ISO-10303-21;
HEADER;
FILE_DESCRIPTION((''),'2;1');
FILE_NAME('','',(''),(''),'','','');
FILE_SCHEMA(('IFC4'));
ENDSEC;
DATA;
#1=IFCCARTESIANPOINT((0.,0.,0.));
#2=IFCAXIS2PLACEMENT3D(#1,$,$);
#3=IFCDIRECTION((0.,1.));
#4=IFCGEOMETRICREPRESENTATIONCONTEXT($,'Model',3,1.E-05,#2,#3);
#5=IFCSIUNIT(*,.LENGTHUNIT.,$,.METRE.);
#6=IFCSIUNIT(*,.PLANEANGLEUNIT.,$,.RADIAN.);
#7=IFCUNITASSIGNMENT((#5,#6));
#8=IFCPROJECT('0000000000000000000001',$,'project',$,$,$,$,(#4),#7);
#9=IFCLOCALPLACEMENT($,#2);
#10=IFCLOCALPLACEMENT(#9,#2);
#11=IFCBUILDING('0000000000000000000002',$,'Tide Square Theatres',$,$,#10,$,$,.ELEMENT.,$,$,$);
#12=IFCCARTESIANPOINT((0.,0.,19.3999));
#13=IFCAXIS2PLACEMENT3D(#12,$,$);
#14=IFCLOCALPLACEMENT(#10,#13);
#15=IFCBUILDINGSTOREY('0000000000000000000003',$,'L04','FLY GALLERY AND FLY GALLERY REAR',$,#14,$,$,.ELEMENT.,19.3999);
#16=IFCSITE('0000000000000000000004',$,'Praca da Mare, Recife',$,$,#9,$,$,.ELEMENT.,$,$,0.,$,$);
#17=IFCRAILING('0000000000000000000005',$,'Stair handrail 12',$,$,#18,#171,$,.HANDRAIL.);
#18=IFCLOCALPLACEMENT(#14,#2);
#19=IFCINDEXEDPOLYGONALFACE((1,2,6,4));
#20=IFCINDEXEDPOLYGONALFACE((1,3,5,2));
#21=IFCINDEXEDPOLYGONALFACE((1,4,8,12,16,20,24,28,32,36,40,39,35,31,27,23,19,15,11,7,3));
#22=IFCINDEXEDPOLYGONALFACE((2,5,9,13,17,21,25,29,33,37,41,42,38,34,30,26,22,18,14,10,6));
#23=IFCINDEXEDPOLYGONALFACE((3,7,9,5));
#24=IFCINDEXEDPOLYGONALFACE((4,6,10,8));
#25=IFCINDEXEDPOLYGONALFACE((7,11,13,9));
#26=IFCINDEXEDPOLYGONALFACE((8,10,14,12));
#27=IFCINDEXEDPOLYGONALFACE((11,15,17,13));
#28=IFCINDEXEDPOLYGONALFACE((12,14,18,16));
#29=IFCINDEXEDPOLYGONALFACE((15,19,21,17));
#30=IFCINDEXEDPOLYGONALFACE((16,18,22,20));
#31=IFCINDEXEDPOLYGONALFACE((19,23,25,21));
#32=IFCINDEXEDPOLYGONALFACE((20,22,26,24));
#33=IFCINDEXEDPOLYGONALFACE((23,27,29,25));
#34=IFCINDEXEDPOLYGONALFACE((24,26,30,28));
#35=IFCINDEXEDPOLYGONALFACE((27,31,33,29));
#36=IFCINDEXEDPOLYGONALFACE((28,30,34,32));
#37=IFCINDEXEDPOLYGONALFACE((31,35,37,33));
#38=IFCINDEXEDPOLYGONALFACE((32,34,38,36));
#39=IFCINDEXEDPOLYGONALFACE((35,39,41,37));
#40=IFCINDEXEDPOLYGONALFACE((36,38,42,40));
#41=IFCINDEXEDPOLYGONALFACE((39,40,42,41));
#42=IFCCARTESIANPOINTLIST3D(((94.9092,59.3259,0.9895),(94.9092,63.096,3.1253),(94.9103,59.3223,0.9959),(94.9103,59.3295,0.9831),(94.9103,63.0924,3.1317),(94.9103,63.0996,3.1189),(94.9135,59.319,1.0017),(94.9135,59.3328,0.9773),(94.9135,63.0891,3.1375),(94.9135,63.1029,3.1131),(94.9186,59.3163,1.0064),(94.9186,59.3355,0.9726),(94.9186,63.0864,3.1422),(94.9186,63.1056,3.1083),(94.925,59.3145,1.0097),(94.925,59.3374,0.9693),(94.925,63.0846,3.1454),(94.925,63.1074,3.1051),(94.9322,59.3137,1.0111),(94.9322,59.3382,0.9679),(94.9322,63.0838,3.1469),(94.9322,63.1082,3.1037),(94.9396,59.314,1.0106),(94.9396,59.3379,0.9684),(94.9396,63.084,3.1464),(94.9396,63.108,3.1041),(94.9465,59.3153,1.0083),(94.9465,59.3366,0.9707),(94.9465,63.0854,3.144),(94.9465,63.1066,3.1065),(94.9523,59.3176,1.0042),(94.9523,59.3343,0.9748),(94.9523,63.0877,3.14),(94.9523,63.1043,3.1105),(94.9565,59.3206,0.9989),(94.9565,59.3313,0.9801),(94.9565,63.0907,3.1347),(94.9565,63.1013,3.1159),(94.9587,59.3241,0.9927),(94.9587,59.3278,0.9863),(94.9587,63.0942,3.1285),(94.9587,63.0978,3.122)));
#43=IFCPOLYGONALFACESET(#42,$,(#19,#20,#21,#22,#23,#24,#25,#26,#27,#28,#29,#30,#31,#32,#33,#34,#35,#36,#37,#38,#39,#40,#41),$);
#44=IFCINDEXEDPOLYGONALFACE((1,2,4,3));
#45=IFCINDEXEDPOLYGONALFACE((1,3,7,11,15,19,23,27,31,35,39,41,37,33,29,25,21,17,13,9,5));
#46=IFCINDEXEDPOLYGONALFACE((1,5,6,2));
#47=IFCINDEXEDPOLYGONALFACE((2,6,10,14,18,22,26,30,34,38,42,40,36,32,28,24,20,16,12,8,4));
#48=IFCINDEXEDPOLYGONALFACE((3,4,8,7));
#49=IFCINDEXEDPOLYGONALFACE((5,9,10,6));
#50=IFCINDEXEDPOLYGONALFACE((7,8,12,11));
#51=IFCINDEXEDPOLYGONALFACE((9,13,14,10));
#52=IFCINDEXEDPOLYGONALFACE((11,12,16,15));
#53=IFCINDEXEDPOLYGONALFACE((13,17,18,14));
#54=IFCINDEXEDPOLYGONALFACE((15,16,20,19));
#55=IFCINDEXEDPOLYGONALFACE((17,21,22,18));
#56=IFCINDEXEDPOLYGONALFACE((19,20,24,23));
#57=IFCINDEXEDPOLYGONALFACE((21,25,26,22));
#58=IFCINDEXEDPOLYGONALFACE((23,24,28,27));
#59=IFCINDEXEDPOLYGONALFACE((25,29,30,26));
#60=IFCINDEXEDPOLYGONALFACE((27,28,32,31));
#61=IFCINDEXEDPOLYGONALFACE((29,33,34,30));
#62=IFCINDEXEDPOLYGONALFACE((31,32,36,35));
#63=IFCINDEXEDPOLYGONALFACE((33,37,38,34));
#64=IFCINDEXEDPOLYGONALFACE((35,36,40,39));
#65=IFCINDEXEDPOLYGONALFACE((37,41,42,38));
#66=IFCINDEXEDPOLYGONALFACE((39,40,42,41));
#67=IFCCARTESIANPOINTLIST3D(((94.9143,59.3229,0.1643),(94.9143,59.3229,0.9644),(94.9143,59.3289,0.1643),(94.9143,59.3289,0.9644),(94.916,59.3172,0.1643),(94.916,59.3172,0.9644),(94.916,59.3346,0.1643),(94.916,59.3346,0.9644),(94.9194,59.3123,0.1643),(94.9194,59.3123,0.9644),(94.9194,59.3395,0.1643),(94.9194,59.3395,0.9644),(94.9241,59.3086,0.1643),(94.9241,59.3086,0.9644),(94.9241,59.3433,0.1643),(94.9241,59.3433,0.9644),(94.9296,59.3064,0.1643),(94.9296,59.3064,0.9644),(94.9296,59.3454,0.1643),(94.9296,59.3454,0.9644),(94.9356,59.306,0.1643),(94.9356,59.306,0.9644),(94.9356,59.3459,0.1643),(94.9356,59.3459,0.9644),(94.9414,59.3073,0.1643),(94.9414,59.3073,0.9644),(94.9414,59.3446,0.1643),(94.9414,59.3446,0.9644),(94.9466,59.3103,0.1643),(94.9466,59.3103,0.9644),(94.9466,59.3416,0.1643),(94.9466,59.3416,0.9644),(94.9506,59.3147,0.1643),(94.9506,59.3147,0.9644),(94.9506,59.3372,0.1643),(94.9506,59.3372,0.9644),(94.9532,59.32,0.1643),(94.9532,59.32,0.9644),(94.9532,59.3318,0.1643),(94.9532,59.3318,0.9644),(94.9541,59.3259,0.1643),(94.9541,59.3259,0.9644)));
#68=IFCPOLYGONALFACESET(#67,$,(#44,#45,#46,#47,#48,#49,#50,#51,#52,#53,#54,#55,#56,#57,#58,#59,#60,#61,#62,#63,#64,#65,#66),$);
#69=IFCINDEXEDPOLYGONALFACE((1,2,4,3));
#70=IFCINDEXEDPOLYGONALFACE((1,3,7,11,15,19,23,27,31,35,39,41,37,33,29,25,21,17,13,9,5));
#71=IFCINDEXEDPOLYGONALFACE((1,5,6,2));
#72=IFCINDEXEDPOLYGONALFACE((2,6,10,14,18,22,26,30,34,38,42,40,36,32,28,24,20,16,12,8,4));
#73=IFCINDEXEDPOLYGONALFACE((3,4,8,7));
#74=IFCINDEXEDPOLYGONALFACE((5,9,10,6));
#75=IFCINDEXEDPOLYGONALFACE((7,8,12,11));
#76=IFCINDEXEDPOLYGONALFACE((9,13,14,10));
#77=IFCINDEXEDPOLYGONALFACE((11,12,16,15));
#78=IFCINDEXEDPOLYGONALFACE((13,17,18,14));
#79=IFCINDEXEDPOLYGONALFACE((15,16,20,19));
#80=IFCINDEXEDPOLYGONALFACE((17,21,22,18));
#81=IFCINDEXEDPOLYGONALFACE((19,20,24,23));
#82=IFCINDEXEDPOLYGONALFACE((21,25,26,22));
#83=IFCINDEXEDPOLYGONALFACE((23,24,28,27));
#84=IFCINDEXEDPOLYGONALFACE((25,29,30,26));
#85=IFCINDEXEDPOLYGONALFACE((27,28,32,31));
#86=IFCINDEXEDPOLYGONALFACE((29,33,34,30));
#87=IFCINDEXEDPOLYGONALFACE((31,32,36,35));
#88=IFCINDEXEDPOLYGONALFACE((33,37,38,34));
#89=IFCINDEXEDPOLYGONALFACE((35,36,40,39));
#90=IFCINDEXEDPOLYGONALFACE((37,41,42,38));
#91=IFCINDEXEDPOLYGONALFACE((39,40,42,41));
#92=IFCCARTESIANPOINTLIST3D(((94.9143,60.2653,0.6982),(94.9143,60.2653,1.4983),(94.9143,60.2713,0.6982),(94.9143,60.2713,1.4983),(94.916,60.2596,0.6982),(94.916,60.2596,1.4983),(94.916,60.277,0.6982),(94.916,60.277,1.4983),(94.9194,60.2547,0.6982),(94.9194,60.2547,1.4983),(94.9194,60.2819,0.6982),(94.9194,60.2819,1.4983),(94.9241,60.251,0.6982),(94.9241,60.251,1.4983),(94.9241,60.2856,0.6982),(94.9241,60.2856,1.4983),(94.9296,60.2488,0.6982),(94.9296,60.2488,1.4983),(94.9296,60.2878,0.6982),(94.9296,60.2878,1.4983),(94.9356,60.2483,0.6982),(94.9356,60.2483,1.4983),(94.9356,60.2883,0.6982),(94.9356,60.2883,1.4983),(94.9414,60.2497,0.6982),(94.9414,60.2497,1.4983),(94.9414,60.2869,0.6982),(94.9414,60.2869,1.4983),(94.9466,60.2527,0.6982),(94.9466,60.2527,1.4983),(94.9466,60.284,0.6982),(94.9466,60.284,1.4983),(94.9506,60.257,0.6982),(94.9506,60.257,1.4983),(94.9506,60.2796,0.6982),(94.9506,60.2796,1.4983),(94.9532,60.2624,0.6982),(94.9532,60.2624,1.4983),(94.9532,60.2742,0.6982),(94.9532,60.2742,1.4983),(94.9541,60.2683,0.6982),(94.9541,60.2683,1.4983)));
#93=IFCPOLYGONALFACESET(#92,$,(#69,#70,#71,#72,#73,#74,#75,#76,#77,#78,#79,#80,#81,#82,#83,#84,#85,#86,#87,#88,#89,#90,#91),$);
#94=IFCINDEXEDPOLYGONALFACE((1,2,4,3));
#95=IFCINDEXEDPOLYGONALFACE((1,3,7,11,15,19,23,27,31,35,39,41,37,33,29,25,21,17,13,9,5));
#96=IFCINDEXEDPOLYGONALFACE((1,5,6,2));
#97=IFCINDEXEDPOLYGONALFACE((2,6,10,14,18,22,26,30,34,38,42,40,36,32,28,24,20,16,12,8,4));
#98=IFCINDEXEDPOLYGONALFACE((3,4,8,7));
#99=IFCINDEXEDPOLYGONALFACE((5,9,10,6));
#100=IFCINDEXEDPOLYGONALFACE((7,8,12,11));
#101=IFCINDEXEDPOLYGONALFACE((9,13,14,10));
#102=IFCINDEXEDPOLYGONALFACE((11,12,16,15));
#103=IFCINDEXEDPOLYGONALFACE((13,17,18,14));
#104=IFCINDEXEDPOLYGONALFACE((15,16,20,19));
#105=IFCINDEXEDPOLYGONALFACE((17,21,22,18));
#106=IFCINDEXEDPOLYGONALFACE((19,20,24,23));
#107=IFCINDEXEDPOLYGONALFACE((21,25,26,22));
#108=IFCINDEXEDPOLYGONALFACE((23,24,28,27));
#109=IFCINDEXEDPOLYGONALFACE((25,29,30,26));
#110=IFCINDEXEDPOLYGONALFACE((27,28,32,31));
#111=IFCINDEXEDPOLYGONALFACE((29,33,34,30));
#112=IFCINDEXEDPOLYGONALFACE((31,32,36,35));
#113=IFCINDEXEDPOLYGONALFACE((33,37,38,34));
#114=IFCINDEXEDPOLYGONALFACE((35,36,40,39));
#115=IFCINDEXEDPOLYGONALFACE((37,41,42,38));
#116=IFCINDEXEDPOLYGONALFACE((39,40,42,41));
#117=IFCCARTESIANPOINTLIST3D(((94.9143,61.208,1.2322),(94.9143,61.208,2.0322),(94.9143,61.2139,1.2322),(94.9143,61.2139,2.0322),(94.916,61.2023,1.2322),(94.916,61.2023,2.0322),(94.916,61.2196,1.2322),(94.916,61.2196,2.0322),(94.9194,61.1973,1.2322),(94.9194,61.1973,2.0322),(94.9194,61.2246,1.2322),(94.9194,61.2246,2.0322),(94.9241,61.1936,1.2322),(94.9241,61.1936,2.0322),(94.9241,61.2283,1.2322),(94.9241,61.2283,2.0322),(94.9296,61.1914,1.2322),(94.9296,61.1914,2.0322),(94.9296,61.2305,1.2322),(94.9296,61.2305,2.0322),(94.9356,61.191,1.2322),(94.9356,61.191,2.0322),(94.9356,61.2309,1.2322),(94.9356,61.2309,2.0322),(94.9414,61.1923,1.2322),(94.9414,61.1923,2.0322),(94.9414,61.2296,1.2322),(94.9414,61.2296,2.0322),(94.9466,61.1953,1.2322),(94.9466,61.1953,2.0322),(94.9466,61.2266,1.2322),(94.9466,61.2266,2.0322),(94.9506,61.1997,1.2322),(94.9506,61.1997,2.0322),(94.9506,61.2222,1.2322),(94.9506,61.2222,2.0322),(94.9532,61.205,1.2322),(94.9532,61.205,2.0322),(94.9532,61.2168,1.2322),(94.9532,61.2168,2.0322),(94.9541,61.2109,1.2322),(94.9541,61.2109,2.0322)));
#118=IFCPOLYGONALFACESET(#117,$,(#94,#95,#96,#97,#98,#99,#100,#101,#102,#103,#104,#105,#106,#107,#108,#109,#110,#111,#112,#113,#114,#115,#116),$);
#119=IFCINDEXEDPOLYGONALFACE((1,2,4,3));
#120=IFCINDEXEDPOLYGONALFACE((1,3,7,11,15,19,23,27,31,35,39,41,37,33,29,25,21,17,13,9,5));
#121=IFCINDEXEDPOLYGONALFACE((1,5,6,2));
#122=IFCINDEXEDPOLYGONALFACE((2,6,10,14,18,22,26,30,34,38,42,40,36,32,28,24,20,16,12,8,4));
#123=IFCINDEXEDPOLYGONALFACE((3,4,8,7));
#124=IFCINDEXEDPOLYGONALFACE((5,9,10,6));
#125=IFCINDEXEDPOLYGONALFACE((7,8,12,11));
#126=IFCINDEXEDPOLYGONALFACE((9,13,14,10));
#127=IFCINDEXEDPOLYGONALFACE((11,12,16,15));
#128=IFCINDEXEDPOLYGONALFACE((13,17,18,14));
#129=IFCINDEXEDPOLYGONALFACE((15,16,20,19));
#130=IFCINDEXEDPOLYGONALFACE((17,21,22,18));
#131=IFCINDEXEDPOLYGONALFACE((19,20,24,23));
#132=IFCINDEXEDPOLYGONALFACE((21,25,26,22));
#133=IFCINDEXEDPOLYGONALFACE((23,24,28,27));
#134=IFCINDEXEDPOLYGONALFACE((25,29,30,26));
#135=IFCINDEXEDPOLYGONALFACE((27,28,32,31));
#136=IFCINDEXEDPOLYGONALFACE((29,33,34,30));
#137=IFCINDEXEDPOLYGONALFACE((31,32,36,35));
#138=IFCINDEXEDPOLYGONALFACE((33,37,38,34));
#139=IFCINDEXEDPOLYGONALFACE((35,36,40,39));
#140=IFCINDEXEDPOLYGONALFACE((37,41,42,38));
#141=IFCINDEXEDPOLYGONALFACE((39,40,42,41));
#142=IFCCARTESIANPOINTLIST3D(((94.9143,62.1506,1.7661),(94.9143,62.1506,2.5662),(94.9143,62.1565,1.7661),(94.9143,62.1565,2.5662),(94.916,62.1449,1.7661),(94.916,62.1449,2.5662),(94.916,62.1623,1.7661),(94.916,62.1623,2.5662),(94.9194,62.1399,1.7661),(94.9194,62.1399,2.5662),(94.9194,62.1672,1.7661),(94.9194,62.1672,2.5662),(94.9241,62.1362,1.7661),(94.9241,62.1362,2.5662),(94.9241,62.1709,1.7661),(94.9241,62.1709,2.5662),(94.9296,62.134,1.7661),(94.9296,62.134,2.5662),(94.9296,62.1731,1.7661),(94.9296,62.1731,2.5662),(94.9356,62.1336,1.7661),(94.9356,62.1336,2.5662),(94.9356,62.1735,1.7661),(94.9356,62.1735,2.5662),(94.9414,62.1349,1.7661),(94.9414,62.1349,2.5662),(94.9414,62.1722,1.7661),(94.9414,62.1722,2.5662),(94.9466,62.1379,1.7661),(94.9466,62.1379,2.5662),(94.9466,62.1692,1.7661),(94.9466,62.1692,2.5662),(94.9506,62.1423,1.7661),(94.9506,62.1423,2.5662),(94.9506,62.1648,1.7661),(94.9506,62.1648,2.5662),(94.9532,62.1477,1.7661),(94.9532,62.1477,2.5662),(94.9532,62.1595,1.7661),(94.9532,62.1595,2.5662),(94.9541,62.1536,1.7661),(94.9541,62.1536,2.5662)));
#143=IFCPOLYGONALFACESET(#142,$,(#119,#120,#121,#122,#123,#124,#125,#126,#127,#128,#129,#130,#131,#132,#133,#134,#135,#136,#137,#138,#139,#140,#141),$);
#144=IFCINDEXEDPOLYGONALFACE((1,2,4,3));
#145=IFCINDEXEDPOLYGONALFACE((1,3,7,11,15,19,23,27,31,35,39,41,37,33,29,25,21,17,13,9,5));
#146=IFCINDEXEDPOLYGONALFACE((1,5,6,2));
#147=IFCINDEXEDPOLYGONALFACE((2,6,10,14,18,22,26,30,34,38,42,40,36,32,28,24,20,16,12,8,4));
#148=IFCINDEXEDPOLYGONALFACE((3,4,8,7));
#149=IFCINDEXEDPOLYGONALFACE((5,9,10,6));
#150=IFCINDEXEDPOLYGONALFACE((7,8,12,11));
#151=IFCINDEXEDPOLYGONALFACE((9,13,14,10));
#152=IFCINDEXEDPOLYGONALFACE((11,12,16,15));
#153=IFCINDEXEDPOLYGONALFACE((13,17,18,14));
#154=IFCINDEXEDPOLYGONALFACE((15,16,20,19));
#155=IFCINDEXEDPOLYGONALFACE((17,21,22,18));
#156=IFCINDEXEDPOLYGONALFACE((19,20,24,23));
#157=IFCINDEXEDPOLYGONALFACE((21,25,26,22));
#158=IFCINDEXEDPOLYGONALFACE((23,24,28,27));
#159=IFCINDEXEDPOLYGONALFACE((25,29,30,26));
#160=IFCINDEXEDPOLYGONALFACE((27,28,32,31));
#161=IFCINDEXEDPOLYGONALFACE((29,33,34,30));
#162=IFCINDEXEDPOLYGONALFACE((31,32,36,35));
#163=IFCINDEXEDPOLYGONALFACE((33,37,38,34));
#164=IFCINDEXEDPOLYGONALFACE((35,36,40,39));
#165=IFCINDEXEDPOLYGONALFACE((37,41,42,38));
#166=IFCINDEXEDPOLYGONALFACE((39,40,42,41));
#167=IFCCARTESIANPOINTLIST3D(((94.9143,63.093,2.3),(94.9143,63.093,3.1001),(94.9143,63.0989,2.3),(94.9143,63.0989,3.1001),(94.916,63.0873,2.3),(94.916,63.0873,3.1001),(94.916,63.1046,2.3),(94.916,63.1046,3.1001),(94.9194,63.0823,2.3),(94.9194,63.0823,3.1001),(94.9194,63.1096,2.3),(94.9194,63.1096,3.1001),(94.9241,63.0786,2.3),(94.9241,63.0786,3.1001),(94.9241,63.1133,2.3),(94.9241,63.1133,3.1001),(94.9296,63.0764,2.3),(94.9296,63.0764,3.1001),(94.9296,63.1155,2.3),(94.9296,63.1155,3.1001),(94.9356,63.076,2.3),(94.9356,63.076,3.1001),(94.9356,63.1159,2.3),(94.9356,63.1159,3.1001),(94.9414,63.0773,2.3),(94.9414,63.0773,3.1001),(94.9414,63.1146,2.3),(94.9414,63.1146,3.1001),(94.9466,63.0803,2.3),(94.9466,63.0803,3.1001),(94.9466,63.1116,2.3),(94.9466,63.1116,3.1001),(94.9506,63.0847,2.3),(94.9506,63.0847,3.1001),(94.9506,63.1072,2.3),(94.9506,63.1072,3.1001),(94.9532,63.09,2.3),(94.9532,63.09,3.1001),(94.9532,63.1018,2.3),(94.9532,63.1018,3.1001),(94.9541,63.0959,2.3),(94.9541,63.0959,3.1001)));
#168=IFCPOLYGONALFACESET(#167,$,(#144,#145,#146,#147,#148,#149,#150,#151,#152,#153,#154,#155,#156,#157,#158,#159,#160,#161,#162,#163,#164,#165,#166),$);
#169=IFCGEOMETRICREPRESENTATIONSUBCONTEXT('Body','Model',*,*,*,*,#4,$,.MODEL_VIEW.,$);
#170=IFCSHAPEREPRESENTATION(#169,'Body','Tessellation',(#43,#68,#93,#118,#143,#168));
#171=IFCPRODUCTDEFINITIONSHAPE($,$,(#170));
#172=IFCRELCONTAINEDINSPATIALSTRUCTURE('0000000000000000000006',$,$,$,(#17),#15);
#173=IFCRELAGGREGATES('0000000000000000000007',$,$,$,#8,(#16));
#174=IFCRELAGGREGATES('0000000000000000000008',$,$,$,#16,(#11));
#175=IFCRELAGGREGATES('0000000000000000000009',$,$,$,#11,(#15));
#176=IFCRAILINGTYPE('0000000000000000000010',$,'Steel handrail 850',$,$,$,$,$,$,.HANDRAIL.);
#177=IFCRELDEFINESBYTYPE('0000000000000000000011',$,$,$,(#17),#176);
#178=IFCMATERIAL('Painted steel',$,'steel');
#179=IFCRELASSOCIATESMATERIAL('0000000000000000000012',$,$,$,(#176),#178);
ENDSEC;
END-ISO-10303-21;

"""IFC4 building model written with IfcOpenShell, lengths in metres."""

from ifc_helpers import new_model, si_unit, direction, frame, origin, origin_2d, place, context, subcontext, project, spatial, circle, extrude, material, type_object, element, save


model = new_model("IFC4")

# Units and contexts
model_context = context("Model", 3, precision=1e-05, world=origin(), true_north=direction((0.0, 1.0)))
body_context = subcontext(model_context, "Body", "Model", "MODEL_VIEW")
ifc_project = project(units=[si_unit("LENGTHUNIT", "METRE"), si_unit("PLANEANGLEUNIT", "RADIAN")], contexts=[model_context])

# Site, building, storey
site_placement = place(None, origin())
site = spatial("IfcSite", under=ifc_project, at=site_placement, Name="Praca da Mare, Recife", CompositionType="ELEMENT", RefElevation=0.0)
building_placement = place(site_placement, origin())
building = spatial("IfcBuilding", under=site, at=building_placement, Name="Tide Square Theatres", CompositionType="ELEMENT")
storey_placement = place(building_placement, frame((0.0, 0.0, 19.3999)))
storey = spatial("IfcBuildingStorey", under=building, at=storey_placement, Name="L04", Description="FLY GALLERY AND FLY GALLERY REAR", CompositionType="ELEMENT", Elevation=19.3999)

# Railing
ifc_material_1 = material(Name="Painted steel", Category="steel")
railing_type_1 = type_object("IfcRailingType", Name="Steel handrail 850", PredefinedType="HANDRAIL", material=ifc_material_1)
for number, where, name in (
    (1, (94.9341, 59.3259, 0.1643), "Stair handrail 12"),
):
    element("IfcRailing", number, at=place(storey_placement, frame(where)), inside=storey, type_object=railing_type_1, Name=name, PredefinedType="HANDRAIL", context=body_context, shape_type="SweptSolid", body=[
        extrude(circle(Radius=0.0249, at=origin_2d()), frame((0.0, 0.0, 0.8252), z_axis=(0.0, 0.870082, 0.492907), x_axis=(-1.0, 0.0, 0.0)), (0.0, 0.0, 1.0), 4.333),
        extrude(circle(Radius=0.02, at=origin_2d()), origin(), (0.0, 0.0, 1.0), 0.8),
        extrude(circle(Radius=0.02, at=origin_2d()), frame((0.0, 0.9424, 0.5339)), (0.0, 0.0, 1.0), 0.8),
        extrude(circle(Radius=0.02, at=origin_2d()), frame((0.0, 1.885, 1.0679)), (0.0, 0.0, 1.0), 0.8),
        extrude(circle(Radius=0.02, at=origin_2d()), frame((0.0, 2.8276, 1.6018)), (0.0, 0.0, 1.0), 0.8),
        extrude(circle(Radius=0.02, at=origin_2d()), frame((0.0, 3.77, 2.1357)), (0.0, 0.0, 1.0), 0.8),
    ])

save(model, "model.ifc")
